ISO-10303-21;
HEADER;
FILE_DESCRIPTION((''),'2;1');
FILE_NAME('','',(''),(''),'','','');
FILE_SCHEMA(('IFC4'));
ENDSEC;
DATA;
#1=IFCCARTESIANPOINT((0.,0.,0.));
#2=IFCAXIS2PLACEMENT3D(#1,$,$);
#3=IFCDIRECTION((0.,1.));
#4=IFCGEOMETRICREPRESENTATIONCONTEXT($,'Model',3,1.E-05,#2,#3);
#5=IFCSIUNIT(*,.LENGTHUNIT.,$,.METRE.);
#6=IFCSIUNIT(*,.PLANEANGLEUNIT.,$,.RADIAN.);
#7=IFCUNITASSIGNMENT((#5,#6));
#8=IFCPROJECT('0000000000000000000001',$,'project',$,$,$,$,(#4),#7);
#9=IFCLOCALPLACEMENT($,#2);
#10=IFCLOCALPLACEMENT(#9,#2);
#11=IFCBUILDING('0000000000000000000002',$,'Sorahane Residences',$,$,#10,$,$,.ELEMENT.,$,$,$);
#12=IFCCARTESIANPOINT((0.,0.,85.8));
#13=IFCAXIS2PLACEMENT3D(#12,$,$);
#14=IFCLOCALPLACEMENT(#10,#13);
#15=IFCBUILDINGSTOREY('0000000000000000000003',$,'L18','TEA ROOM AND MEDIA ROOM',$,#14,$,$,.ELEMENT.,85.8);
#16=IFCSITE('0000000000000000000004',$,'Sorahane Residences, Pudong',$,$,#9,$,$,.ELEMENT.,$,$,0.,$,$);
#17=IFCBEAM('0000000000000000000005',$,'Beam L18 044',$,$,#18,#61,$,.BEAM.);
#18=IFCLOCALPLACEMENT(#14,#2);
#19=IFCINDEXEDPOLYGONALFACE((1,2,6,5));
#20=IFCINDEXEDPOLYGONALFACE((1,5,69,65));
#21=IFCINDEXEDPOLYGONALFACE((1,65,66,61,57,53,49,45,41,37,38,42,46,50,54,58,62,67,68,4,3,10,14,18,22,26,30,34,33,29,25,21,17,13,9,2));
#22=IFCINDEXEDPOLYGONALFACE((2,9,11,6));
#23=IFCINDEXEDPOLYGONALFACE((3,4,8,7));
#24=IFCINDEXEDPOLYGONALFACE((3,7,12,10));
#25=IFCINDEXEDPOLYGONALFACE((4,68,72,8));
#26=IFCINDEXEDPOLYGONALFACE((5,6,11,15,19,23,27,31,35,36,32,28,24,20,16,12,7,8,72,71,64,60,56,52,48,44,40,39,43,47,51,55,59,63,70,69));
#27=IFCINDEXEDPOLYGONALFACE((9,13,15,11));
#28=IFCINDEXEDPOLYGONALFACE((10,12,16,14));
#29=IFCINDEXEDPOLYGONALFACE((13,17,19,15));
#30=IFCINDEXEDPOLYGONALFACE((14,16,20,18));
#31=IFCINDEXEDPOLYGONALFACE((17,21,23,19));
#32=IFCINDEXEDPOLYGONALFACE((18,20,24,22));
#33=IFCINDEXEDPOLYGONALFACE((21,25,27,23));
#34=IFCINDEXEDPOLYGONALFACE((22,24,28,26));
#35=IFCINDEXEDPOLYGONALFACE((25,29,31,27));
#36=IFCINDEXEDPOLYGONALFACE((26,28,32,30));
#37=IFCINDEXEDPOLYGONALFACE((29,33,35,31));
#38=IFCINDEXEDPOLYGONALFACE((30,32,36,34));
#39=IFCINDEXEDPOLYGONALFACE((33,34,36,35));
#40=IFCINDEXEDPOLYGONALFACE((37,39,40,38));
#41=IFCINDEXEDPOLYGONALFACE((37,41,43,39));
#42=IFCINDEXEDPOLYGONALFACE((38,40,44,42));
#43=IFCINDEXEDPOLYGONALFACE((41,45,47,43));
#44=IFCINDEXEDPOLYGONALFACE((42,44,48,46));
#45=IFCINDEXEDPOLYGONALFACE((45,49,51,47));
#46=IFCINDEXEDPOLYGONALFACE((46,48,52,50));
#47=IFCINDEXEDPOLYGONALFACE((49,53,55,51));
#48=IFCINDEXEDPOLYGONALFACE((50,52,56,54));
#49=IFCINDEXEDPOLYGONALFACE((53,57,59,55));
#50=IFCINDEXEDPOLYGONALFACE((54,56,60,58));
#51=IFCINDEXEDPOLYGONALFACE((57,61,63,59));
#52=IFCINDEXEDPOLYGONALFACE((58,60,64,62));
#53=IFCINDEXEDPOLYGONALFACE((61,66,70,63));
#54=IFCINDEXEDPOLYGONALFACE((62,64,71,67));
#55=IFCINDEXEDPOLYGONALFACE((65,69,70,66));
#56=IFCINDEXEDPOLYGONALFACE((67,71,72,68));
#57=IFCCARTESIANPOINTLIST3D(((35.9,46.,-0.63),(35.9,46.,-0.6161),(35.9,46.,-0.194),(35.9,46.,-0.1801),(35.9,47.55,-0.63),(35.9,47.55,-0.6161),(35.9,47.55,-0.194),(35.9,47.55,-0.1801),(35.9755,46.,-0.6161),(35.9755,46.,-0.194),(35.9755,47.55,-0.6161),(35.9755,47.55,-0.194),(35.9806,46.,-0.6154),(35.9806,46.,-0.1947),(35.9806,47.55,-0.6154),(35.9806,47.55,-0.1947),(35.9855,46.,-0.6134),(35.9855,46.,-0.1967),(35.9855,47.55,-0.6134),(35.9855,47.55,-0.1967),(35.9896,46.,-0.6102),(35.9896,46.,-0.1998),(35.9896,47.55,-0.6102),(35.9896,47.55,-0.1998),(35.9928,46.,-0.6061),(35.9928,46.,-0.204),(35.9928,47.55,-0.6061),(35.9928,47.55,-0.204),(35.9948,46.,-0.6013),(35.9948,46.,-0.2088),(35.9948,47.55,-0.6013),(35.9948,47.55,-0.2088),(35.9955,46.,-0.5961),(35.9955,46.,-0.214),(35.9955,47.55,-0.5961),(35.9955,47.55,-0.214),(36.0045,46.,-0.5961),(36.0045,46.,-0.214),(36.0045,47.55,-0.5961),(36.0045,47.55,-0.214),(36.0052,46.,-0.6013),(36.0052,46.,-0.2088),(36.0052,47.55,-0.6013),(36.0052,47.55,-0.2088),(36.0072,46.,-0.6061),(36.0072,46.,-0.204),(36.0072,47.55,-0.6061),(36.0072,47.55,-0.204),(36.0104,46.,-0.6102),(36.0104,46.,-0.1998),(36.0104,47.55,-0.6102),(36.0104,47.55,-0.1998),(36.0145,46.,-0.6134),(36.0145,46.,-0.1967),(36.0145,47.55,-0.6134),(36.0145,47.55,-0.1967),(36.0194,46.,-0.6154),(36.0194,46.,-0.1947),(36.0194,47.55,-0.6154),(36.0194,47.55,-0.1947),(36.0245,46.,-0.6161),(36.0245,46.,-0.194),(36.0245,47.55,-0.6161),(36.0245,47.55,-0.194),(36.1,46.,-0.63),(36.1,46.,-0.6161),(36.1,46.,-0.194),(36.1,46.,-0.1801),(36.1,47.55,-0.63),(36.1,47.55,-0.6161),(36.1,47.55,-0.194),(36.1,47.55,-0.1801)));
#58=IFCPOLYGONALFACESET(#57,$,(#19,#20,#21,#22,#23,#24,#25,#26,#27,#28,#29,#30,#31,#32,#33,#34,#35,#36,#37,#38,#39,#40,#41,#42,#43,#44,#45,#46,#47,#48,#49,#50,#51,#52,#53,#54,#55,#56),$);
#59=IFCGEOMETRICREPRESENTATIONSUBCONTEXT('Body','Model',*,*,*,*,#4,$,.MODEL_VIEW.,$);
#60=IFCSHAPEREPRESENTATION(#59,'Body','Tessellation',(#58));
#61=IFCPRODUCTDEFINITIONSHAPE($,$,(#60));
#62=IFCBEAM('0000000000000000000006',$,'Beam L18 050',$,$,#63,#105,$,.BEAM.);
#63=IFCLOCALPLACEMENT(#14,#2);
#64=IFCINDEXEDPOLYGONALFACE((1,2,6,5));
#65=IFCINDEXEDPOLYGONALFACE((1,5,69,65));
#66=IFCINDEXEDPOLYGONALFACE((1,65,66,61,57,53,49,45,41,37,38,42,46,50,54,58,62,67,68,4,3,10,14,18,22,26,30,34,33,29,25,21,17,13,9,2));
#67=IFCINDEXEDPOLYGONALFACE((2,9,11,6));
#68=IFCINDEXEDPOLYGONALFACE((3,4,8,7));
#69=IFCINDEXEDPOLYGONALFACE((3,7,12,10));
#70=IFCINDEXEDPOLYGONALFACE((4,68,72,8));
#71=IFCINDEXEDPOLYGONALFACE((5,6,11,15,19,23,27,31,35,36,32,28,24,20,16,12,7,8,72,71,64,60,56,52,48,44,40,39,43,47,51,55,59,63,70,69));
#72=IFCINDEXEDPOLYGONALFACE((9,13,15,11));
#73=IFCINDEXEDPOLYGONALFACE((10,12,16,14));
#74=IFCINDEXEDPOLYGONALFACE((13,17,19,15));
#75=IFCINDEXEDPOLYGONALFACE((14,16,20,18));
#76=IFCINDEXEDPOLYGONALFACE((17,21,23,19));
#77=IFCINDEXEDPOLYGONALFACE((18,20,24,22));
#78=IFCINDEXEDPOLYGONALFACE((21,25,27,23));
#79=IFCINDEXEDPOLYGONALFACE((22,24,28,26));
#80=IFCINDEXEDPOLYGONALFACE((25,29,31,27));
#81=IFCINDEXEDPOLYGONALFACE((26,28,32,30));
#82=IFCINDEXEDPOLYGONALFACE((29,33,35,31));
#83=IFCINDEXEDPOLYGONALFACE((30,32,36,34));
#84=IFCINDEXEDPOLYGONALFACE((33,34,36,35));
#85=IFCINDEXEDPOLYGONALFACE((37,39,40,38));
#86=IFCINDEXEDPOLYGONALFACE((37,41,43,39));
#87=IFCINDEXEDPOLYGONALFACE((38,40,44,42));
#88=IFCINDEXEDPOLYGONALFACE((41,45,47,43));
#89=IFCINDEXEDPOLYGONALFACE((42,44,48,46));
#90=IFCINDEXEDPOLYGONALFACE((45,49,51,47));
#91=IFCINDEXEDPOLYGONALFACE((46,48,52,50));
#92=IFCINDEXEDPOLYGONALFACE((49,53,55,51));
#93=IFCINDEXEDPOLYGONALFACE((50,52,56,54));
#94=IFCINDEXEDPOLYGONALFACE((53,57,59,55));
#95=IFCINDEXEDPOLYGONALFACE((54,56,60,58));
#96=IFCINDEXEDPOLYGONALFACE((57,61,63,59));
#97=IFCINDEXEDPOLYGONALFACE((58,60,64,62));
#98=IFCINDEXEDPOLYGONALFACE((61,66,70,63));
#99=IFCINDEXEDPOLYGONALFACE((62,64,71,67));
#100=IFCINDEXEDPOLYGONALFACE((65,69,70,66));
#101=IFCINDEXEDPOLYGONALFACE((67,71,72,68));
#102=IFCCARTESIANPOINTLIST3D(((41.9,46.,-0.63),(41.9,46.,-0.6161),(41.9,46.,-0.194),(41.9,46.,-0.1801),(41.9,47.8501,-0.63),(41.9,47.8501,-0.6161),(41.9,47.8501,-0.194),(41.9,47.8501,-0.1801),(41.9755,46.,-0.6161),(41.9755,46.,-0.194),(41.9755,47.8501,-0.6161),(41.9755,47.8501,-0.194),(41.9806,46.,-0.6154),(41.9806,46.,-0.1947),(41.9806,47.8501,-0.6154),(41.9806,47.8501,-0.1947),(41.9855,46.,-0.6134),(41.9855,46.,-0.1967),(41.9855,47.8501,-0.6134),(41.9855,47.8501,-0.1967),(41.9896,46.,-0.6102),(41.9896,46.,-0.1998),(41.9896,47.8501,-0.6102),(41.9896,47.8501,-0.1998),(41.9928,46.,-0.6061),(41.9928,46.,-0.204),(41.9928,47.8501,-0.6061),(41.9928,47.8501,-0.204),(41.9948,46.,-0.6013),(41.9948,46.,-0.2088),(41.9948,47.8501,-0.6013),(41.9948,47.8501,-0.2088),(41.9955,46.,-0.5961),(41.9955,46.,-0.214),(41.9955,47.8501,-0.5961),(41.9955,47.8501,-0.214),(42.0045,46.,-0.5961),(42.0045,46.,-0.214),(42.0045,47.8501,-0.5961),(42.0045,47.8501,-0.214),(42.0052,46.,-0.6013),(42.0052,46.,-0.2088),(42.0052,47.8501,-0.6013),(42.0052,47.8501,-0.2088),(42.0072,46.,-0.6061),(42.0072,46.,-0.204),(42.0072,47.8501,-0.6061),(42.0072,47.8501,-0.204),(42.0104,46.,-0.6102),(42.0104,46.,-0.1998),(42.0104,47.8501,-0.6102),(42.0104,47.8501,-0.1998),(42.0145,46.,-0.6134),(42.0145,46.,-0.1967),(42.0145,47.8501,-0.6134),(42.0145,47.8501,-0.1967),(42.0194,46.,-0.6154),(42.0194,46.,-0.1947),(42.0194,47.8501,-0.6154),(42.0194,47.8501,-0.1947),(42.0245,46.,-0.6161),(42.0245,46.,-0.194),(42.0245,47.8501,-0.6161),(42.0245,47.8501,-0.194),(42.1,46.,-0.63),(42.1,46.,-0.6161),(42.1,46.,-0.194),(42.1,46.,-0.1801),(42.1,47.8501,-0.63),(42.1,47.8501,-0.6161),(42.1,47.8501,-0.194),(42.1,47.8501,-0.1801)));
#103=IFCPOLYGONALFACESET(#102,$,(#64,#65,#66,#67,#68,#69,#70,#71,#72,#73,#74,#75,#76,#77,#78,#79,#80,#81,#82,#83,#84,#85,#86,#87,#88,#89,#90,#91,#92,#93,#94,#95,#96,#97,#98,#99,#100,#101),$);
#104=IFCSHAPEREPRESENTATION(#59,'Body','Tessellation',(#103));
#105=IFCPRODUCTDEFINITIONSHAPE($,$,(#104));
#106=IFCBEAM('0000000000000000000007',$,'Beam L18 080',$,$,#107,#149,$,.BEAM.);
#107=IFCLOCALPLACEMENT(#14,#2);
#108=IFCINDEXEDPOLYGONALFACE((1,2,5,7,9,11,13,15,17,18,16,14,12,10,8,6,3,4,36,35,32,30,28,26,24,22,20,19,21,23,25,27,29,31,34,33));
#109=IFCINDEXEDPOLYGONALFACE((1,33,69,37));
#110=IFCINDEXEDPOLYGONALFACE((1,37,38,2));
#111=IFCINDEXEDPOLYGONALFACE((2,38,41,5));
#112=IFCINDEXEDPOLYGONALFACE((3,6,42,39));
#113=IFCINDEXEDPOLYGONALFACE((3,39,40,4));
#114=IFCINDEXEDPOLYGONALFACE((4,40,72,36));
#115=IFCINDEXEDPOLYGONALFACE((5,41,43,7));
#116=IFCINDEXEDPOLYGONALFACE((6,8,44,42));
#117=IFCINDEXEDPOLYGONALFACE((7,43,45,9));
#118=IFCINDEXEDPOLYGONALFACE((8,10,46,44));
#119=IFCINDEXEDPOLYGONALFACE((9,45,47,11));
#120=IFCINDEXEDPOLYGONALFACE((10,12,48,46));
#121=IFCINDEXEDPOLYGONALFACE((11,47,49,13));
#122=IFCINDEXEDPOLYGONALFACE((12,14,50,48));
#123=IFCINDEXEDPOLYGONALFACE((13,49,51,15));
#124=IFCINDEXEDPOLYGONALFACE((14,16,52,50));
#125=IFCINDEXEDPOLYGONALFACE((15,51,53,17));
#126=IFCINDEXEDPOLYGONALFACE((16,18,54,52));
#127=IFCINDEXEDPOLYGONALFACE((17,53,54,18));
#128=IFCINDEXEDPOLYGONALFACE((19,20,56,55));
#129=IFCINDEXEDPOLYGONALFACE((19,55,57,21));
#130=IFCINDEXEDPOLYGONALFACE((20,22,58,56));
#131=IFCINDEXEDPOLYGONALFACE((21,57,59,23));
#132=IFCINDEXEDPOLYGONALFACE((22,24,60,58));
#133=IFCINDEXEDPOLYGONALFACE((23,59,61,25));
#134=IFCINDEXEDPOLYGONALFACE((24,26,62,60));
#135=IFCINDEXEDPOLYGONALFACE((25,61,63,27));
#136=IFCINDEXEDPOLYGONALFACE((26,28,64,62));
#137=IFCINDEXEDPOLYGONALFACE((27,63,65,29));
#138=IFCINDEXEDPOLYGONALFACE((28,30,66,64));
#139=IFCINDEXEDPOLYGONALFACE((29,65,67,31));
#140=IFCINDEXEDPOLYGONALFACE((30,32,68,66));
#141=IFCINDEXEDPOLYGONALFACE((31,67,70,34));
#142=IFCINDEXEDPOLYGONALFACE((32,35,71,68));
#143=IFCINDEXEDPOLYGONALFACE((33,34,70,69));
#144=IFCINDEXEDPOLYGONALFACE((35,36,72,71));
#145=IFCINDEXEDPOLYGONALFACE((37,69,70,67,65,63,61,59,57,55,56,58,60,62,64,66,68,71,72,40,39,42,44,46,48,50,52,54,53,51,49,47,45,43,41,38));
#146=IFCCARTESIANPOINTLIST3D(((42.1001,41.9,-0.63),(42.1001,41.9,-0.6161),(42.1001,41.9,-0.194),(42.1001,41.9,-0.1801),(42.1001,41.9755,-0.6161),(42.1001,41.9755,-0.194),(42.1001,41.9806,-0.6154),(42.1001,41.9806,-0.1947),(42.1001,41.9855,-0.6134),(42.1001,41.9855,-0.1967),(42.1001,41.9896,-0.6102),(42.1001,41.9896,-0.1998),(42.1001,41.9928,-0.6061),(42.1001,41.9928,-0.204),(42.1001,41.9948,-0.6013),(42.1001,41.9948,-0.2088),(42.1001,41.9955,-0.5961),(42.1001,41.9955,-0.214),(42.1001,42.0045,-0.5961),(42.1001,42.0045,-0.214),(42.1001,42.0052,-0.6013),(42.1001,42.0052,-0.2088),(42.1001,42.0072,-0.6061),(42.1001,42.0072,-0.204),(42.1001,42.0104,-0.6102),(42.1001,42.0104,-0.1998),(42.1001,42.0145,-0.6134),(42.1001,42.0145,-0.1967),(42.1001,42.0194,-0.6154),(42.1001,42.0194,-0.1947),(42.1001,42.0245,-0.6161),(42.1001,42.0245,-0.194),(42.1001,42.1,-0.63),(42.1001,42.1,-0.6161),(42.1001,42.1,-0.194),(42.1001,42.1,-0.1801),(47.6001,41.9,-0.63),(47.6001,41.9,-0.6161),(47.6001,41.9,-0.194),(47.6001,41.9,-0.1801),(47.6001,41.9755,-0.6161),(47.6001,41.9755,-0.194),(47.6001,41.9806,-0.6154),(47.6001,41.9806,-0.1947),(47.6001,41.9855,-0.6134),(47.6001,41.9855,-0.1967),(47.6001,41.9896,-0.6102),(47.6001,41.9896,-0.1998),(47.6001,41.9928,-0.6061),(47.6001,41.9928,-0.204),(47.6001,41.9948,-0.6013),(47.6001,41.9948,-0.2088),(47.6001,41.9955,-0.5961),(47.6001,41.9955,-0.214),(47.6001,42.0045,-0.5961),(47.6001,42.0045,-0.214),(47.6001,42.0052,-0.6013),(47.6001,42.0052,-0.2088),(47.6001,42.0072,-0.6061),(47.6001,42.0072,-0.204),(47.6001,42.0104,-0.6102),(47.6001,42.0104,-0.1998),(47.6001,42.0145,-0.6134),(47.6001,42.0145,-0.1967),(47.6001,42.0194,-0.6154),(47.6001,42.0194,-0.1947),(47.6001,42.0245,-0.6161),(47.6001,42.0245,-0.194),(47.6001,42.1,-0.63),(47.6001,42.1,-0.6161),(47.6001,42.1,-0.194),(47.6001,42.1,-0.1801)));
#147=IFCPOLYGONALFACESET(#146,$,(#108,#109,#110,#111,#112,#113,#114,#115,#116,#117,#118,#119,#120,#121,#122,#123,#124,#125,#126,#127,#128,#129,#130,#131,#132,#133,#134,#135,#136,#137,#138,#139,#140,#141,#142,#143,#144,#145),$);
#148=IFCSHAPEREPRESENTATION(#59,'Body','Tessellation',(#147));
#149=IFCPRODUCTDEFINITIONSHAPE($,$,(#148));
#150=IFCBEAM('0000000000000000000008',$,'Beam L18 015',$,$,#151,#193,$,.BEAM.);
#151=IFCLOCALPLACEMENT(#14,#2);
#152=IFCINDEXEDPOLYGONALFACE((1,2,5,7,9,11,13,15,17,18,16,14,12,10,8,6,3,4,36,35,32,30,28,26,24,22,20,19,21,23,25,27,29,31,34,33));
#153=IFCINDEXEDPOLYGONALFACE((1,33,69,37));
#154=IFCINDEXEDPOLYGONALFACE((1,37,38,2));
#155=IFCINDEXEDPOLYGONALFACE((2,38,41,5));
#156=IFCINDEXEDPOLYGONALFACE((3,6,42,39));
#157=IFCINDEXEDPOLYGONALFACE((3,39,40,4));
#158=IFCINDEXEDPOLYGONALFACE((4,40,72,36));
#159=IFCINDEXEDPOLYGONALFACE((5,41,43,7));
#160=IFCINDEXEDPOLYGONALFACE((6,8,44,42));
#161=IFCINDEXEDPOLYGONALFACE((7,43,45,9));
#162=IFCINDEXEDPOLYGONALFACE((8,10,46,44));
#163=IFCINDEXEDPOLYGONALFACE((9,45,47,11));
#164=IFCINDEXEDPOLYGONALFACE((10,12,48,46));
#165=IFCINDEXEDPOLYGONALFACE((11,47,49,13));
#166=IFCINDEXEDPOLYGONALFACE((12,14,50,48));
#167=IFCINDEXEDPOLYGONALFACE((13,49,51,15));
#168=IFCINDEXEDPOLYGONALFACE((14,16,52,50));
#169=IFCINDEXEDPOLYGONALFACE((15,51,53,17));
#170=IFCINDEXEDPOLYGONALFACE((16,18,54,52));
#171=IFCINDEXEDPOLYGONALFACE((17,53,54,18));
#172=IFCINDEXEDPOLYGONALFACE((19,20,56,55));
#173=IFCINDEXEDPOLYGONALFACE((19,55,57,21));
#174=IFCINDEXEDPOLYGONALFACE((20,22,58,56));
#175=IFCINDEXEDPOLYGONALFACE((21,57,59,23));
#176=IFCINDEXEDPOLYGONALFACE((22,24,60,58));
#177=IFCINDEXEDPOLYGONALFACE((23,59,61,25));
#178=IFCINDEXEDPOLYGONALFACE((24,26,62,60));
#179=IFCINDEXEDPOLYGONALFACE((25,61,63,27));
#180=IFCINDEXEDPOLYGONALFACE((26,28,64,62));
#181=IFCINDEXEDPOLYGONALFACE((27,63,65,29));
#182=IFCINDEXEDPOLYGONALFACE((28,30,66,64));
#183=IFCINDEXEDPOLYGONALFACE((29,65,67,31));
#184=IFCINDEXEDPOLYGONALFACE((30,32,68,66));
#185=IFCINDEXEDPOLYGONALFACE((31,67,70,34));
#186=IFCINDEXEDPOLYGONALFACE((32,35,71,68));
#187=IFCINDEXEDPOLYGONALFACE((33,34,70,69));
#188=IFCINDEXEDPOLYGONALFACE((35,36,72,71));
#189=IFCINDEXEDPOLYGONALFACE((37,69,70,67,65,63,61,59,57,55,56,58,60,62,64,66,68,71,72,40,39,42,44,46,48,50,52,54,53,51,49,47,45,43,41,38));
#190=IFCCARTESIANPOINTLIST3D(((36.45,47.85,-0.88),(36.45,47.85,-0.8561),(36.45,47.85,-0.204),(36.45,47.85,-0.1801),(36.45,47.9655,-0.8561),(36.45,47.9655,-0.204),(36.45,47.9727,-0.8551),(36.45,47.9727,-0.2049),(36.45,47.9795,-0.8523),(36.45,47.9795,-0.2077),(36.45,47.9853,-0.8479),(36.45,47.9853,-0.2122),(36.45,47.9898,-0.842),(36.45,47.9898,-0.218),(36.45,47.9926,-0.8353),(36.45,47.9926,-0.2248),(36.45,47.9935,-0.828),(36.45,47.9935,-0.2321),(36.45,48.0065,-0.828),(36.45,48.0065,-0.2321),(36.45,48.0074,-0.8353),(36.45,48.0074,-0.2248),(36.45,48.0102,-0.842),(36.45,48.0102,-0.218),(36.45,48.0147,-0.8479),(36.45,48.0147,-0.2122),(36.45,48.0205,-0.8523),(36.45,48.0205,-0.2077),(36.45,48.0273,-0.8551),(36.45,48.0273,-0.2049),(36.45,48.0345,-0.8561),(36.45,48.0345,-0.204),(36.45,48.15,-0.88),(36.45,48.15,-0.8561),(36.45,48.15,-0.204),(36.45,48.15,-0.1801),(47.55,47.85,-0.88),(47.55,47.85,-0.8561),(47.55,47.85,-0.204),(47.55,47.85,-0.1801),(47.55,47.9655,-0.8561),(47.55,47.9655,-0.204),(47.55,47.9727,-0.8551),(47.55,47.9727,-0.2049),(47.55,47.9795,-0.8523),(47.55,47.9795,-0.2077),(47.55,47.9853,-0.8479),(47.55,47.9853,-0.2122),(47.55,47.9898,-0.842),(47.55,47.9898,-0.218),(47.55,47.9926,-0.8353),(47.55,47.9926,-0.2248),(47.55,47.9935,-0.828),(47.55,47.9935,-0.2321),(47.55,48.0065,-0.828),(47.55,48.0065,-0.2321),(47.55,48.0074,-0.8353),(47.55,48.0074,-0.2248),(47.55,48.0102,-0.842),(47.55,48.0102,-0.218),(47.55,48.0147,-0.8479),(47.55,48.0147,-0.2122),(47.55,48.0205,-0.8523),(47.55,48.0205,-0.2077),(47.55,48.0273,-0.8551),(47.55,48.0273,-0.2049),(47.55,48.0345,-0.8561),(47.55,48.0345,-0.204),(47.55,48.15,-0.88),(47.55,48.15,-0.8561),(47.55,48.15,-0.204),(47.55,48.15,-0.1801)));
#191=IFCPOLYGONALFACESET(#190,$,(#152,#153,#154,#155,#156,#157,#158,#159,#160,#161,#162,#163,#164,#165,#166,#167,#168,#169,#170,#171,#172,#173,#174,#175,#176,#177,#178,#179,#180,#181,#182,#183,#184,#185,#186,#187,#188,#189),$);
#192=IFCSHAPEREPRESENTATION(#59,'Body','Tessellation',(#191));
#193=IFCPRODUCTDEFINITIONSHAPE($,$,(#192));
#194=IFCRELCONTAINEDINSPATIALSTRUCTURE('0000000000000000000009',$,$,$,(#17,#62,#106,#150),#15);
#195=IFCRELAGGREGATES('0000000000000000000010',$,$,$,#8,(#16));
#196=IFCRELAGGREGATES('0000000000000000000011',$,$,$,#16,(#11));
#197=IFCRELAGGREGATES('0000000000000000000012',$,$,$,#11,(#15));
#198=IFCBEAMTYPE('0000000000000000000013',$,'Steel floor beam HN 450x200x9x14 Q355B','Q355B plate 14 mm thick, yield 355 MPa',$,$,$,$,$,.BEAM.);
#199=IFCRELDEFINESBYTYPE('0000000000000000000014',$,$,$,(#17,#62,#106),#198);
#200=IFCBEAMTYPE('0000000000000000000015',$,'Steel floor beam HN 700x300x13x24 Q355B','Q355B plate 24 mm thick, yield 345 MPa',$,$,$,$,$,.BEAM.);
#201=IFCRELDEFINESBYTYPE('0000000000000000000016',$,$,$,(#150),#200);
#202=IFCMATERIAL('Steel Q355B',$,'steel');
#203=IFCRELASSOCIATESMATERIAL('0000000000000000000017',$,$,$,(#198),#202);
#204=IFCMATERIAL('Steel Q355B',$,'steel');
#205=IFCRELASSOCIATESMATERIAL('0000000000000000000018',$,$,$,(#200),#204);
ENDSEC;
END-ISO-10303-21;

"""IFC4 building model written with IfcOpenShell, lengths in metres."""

from ifc_helpers import new_model, si_unit, direction, frame, origin, origin_2d, place, context, subcontext, project, spatial, i_section, extrude, material, material_profile, profile_set, type_object, element, save


model = new_model("IFC4")

# Units and contexts
model_context = context("Model", 3, precision=1e-05, world=origin(), true_north=direction((0.0, 1.0)))
body_context = subcontext(model_context, "Body", "Model", "MODEL_VIEW")
ifc_project = project(units=[si_unit("LENGTHUNIT", "METRE"), si_unit("PLANEANGLEUNIT", "RADIAN")], contexts=[model_context])

# Site, building, storey
site_placement = place(None, origin())
site = spatial("IfcSite", under=ifc_project, at=site_placement, Name="Sorahane Residences, Pudong", CompositionType="ELEMENT", RefElevation=0.0)
building_placement = place(site_placement, origin())
building = spatial("IfcBuilding", under=site, at=building_placement, Name="Sorahane Residences", CompositionType="ELEMENT")
storey_placement = place(building_placement, frame((0.0, 0.0, 85.8)))
storey = spatial("IfcBuildingStorey", under=building, at=storey_placement, Name="L18", Description="TEA ROOM AND MEDIA ROOM", CompositionType="ELEMENT", Elevation=85.8)

# Beams
ifc_material_1 = material(Name="Steel Q355B", Category="steel")
ifc_material_profile_1 = material_profile(ifc_material_1, i_section(OverallWidth=0.2, OverallDepth=0.45, WebThickness=0.009, FlangeThickness=0.0139, FilletRadius=0.02, at=origin_2d()), Name="HN 450x200x9x14")
ifc_profile_set_1 = profile_set([ifc_material_profile_1], Name="Steel Q355B")
beam_type_1 = type_object("IfcBeamType", Name="Steel floor beam HN 450x200x9x14 Q355B", Description="Q355B plate 14 mm thick, yield 355 MPa", PredefinedType="BEAM", material=ifc_profile_set_1)
beam_1_placement = place(storey_placement, frame((36.0, 46.0, -0.405), z_axis=(0.0, 1.0, 0.0), x_axis=(-1.0, 0.0, 0.0)))
element("IfcBeam", 1, at=beam_1_placement, inside=storey, type_object=beam_type_1, Name="Beam L18 044", PredefinedType="BEAM", context=body_context, shape_type="SweptSolid", body=[
    extrude(i_section(OverallWidth=0.2, OverallDepth=0.45, WebThickness=0.009, FlangeThickness=0.0139, FilletRadius=0.02, at=origin_2d()), origin(), (0.0, 0.0, 1.0), 1.55),
])
beam_2_placement = place(storey_placement, frame((42.0, 46.0, -0.405), z_axis=(0.0, 1.0, 0.0), x_axis=(-1.0, 0.0, 0.0)))
element("IfcBeam", 2, at=beam_2_placement, inside=storey, type_object=beam_type_1, Name="Beam L18 050", PredefinedType="BEAM", context=body_context, shape_type="SweptSolid", body=[
    extrude(i_section(OverallWidth=0.2, OverallDepth=0.45, WebThickness=0.009, FlangeThickness=0.0139, FilletRadius=0.02, at=origin_2d()), origin(), (0.0, 0.0, 1.0), 1.8501),
])
beam_3_placement = place(storey_placement, frame((42.1001, 42.0, -0.405), z_axis=(1.0, 0.0, 0.0), x_axis=(0.0, 1.0, 0.0)))
element("IfcBeam", 3, at=beam_3_placement, inside=storey, type_object=beam_type_1, Name="Beam L18 080", PredefinedType="BEAM", context=body_context, shape_type="SweptSolid", body=[
    extrude(i_section(OverallWidth=0.2, OverallDepth=0.45, WebThickness=0.009, FlangeThickness=0.0139, FilletRadius=0.02, at=origin_2d()), origin(), (0.0, 0.0, 1.0), 5.5),
])
ifc_material_2 = material(Name="Steel Q355B", Category="steel")
ifc_material_profile_2 = material_profile(ifc_material_2, i_section(OverallWidth=0.3, OverallDepth=0.7, WebThickness=0.0129, FlangeThickness=0.0239, FilletRadius=0.0281, at=origin_2d()), Name="HN 700x300x13x24")
ifc_profile_set_2 = profile_set([ifc_material_profile_2], Name="Steel Q355B")
beam_type_2 = type_object("IfcBeamType", Name="Steel floor beam HN 700x300x13x24 Q355B", Description="Q355B plate 24 mm thick, yield 345 MPa", PredefinedType="BEAM", material=ifc_profile_set_2)
beam_4_placement = place(storey_placement, frame((36.45, 48.0, -0.53), z_axis=(1.0, 0.0, 0.0), x_axis=(0.0, 1.0, 0.0)))
element("IfcBeam", 4, at=beam_4_placement, inside=storey, type_object=beam_type_2, Name="Beam L18 015", PredefinedType="BEAM", context=body_context, shape_type="SweptSolid", body=[
    extrude(i_section(OverallWidth=0.3, OverallDepth=0.7, WebThickness=0.0129, FlangeThickness=0.0239, FilletRadius=0.0281, at=origin_2d()), origin(), (0.0, 0.0, 1.0), 11.1001),
])

save(model, "model.ifc")
